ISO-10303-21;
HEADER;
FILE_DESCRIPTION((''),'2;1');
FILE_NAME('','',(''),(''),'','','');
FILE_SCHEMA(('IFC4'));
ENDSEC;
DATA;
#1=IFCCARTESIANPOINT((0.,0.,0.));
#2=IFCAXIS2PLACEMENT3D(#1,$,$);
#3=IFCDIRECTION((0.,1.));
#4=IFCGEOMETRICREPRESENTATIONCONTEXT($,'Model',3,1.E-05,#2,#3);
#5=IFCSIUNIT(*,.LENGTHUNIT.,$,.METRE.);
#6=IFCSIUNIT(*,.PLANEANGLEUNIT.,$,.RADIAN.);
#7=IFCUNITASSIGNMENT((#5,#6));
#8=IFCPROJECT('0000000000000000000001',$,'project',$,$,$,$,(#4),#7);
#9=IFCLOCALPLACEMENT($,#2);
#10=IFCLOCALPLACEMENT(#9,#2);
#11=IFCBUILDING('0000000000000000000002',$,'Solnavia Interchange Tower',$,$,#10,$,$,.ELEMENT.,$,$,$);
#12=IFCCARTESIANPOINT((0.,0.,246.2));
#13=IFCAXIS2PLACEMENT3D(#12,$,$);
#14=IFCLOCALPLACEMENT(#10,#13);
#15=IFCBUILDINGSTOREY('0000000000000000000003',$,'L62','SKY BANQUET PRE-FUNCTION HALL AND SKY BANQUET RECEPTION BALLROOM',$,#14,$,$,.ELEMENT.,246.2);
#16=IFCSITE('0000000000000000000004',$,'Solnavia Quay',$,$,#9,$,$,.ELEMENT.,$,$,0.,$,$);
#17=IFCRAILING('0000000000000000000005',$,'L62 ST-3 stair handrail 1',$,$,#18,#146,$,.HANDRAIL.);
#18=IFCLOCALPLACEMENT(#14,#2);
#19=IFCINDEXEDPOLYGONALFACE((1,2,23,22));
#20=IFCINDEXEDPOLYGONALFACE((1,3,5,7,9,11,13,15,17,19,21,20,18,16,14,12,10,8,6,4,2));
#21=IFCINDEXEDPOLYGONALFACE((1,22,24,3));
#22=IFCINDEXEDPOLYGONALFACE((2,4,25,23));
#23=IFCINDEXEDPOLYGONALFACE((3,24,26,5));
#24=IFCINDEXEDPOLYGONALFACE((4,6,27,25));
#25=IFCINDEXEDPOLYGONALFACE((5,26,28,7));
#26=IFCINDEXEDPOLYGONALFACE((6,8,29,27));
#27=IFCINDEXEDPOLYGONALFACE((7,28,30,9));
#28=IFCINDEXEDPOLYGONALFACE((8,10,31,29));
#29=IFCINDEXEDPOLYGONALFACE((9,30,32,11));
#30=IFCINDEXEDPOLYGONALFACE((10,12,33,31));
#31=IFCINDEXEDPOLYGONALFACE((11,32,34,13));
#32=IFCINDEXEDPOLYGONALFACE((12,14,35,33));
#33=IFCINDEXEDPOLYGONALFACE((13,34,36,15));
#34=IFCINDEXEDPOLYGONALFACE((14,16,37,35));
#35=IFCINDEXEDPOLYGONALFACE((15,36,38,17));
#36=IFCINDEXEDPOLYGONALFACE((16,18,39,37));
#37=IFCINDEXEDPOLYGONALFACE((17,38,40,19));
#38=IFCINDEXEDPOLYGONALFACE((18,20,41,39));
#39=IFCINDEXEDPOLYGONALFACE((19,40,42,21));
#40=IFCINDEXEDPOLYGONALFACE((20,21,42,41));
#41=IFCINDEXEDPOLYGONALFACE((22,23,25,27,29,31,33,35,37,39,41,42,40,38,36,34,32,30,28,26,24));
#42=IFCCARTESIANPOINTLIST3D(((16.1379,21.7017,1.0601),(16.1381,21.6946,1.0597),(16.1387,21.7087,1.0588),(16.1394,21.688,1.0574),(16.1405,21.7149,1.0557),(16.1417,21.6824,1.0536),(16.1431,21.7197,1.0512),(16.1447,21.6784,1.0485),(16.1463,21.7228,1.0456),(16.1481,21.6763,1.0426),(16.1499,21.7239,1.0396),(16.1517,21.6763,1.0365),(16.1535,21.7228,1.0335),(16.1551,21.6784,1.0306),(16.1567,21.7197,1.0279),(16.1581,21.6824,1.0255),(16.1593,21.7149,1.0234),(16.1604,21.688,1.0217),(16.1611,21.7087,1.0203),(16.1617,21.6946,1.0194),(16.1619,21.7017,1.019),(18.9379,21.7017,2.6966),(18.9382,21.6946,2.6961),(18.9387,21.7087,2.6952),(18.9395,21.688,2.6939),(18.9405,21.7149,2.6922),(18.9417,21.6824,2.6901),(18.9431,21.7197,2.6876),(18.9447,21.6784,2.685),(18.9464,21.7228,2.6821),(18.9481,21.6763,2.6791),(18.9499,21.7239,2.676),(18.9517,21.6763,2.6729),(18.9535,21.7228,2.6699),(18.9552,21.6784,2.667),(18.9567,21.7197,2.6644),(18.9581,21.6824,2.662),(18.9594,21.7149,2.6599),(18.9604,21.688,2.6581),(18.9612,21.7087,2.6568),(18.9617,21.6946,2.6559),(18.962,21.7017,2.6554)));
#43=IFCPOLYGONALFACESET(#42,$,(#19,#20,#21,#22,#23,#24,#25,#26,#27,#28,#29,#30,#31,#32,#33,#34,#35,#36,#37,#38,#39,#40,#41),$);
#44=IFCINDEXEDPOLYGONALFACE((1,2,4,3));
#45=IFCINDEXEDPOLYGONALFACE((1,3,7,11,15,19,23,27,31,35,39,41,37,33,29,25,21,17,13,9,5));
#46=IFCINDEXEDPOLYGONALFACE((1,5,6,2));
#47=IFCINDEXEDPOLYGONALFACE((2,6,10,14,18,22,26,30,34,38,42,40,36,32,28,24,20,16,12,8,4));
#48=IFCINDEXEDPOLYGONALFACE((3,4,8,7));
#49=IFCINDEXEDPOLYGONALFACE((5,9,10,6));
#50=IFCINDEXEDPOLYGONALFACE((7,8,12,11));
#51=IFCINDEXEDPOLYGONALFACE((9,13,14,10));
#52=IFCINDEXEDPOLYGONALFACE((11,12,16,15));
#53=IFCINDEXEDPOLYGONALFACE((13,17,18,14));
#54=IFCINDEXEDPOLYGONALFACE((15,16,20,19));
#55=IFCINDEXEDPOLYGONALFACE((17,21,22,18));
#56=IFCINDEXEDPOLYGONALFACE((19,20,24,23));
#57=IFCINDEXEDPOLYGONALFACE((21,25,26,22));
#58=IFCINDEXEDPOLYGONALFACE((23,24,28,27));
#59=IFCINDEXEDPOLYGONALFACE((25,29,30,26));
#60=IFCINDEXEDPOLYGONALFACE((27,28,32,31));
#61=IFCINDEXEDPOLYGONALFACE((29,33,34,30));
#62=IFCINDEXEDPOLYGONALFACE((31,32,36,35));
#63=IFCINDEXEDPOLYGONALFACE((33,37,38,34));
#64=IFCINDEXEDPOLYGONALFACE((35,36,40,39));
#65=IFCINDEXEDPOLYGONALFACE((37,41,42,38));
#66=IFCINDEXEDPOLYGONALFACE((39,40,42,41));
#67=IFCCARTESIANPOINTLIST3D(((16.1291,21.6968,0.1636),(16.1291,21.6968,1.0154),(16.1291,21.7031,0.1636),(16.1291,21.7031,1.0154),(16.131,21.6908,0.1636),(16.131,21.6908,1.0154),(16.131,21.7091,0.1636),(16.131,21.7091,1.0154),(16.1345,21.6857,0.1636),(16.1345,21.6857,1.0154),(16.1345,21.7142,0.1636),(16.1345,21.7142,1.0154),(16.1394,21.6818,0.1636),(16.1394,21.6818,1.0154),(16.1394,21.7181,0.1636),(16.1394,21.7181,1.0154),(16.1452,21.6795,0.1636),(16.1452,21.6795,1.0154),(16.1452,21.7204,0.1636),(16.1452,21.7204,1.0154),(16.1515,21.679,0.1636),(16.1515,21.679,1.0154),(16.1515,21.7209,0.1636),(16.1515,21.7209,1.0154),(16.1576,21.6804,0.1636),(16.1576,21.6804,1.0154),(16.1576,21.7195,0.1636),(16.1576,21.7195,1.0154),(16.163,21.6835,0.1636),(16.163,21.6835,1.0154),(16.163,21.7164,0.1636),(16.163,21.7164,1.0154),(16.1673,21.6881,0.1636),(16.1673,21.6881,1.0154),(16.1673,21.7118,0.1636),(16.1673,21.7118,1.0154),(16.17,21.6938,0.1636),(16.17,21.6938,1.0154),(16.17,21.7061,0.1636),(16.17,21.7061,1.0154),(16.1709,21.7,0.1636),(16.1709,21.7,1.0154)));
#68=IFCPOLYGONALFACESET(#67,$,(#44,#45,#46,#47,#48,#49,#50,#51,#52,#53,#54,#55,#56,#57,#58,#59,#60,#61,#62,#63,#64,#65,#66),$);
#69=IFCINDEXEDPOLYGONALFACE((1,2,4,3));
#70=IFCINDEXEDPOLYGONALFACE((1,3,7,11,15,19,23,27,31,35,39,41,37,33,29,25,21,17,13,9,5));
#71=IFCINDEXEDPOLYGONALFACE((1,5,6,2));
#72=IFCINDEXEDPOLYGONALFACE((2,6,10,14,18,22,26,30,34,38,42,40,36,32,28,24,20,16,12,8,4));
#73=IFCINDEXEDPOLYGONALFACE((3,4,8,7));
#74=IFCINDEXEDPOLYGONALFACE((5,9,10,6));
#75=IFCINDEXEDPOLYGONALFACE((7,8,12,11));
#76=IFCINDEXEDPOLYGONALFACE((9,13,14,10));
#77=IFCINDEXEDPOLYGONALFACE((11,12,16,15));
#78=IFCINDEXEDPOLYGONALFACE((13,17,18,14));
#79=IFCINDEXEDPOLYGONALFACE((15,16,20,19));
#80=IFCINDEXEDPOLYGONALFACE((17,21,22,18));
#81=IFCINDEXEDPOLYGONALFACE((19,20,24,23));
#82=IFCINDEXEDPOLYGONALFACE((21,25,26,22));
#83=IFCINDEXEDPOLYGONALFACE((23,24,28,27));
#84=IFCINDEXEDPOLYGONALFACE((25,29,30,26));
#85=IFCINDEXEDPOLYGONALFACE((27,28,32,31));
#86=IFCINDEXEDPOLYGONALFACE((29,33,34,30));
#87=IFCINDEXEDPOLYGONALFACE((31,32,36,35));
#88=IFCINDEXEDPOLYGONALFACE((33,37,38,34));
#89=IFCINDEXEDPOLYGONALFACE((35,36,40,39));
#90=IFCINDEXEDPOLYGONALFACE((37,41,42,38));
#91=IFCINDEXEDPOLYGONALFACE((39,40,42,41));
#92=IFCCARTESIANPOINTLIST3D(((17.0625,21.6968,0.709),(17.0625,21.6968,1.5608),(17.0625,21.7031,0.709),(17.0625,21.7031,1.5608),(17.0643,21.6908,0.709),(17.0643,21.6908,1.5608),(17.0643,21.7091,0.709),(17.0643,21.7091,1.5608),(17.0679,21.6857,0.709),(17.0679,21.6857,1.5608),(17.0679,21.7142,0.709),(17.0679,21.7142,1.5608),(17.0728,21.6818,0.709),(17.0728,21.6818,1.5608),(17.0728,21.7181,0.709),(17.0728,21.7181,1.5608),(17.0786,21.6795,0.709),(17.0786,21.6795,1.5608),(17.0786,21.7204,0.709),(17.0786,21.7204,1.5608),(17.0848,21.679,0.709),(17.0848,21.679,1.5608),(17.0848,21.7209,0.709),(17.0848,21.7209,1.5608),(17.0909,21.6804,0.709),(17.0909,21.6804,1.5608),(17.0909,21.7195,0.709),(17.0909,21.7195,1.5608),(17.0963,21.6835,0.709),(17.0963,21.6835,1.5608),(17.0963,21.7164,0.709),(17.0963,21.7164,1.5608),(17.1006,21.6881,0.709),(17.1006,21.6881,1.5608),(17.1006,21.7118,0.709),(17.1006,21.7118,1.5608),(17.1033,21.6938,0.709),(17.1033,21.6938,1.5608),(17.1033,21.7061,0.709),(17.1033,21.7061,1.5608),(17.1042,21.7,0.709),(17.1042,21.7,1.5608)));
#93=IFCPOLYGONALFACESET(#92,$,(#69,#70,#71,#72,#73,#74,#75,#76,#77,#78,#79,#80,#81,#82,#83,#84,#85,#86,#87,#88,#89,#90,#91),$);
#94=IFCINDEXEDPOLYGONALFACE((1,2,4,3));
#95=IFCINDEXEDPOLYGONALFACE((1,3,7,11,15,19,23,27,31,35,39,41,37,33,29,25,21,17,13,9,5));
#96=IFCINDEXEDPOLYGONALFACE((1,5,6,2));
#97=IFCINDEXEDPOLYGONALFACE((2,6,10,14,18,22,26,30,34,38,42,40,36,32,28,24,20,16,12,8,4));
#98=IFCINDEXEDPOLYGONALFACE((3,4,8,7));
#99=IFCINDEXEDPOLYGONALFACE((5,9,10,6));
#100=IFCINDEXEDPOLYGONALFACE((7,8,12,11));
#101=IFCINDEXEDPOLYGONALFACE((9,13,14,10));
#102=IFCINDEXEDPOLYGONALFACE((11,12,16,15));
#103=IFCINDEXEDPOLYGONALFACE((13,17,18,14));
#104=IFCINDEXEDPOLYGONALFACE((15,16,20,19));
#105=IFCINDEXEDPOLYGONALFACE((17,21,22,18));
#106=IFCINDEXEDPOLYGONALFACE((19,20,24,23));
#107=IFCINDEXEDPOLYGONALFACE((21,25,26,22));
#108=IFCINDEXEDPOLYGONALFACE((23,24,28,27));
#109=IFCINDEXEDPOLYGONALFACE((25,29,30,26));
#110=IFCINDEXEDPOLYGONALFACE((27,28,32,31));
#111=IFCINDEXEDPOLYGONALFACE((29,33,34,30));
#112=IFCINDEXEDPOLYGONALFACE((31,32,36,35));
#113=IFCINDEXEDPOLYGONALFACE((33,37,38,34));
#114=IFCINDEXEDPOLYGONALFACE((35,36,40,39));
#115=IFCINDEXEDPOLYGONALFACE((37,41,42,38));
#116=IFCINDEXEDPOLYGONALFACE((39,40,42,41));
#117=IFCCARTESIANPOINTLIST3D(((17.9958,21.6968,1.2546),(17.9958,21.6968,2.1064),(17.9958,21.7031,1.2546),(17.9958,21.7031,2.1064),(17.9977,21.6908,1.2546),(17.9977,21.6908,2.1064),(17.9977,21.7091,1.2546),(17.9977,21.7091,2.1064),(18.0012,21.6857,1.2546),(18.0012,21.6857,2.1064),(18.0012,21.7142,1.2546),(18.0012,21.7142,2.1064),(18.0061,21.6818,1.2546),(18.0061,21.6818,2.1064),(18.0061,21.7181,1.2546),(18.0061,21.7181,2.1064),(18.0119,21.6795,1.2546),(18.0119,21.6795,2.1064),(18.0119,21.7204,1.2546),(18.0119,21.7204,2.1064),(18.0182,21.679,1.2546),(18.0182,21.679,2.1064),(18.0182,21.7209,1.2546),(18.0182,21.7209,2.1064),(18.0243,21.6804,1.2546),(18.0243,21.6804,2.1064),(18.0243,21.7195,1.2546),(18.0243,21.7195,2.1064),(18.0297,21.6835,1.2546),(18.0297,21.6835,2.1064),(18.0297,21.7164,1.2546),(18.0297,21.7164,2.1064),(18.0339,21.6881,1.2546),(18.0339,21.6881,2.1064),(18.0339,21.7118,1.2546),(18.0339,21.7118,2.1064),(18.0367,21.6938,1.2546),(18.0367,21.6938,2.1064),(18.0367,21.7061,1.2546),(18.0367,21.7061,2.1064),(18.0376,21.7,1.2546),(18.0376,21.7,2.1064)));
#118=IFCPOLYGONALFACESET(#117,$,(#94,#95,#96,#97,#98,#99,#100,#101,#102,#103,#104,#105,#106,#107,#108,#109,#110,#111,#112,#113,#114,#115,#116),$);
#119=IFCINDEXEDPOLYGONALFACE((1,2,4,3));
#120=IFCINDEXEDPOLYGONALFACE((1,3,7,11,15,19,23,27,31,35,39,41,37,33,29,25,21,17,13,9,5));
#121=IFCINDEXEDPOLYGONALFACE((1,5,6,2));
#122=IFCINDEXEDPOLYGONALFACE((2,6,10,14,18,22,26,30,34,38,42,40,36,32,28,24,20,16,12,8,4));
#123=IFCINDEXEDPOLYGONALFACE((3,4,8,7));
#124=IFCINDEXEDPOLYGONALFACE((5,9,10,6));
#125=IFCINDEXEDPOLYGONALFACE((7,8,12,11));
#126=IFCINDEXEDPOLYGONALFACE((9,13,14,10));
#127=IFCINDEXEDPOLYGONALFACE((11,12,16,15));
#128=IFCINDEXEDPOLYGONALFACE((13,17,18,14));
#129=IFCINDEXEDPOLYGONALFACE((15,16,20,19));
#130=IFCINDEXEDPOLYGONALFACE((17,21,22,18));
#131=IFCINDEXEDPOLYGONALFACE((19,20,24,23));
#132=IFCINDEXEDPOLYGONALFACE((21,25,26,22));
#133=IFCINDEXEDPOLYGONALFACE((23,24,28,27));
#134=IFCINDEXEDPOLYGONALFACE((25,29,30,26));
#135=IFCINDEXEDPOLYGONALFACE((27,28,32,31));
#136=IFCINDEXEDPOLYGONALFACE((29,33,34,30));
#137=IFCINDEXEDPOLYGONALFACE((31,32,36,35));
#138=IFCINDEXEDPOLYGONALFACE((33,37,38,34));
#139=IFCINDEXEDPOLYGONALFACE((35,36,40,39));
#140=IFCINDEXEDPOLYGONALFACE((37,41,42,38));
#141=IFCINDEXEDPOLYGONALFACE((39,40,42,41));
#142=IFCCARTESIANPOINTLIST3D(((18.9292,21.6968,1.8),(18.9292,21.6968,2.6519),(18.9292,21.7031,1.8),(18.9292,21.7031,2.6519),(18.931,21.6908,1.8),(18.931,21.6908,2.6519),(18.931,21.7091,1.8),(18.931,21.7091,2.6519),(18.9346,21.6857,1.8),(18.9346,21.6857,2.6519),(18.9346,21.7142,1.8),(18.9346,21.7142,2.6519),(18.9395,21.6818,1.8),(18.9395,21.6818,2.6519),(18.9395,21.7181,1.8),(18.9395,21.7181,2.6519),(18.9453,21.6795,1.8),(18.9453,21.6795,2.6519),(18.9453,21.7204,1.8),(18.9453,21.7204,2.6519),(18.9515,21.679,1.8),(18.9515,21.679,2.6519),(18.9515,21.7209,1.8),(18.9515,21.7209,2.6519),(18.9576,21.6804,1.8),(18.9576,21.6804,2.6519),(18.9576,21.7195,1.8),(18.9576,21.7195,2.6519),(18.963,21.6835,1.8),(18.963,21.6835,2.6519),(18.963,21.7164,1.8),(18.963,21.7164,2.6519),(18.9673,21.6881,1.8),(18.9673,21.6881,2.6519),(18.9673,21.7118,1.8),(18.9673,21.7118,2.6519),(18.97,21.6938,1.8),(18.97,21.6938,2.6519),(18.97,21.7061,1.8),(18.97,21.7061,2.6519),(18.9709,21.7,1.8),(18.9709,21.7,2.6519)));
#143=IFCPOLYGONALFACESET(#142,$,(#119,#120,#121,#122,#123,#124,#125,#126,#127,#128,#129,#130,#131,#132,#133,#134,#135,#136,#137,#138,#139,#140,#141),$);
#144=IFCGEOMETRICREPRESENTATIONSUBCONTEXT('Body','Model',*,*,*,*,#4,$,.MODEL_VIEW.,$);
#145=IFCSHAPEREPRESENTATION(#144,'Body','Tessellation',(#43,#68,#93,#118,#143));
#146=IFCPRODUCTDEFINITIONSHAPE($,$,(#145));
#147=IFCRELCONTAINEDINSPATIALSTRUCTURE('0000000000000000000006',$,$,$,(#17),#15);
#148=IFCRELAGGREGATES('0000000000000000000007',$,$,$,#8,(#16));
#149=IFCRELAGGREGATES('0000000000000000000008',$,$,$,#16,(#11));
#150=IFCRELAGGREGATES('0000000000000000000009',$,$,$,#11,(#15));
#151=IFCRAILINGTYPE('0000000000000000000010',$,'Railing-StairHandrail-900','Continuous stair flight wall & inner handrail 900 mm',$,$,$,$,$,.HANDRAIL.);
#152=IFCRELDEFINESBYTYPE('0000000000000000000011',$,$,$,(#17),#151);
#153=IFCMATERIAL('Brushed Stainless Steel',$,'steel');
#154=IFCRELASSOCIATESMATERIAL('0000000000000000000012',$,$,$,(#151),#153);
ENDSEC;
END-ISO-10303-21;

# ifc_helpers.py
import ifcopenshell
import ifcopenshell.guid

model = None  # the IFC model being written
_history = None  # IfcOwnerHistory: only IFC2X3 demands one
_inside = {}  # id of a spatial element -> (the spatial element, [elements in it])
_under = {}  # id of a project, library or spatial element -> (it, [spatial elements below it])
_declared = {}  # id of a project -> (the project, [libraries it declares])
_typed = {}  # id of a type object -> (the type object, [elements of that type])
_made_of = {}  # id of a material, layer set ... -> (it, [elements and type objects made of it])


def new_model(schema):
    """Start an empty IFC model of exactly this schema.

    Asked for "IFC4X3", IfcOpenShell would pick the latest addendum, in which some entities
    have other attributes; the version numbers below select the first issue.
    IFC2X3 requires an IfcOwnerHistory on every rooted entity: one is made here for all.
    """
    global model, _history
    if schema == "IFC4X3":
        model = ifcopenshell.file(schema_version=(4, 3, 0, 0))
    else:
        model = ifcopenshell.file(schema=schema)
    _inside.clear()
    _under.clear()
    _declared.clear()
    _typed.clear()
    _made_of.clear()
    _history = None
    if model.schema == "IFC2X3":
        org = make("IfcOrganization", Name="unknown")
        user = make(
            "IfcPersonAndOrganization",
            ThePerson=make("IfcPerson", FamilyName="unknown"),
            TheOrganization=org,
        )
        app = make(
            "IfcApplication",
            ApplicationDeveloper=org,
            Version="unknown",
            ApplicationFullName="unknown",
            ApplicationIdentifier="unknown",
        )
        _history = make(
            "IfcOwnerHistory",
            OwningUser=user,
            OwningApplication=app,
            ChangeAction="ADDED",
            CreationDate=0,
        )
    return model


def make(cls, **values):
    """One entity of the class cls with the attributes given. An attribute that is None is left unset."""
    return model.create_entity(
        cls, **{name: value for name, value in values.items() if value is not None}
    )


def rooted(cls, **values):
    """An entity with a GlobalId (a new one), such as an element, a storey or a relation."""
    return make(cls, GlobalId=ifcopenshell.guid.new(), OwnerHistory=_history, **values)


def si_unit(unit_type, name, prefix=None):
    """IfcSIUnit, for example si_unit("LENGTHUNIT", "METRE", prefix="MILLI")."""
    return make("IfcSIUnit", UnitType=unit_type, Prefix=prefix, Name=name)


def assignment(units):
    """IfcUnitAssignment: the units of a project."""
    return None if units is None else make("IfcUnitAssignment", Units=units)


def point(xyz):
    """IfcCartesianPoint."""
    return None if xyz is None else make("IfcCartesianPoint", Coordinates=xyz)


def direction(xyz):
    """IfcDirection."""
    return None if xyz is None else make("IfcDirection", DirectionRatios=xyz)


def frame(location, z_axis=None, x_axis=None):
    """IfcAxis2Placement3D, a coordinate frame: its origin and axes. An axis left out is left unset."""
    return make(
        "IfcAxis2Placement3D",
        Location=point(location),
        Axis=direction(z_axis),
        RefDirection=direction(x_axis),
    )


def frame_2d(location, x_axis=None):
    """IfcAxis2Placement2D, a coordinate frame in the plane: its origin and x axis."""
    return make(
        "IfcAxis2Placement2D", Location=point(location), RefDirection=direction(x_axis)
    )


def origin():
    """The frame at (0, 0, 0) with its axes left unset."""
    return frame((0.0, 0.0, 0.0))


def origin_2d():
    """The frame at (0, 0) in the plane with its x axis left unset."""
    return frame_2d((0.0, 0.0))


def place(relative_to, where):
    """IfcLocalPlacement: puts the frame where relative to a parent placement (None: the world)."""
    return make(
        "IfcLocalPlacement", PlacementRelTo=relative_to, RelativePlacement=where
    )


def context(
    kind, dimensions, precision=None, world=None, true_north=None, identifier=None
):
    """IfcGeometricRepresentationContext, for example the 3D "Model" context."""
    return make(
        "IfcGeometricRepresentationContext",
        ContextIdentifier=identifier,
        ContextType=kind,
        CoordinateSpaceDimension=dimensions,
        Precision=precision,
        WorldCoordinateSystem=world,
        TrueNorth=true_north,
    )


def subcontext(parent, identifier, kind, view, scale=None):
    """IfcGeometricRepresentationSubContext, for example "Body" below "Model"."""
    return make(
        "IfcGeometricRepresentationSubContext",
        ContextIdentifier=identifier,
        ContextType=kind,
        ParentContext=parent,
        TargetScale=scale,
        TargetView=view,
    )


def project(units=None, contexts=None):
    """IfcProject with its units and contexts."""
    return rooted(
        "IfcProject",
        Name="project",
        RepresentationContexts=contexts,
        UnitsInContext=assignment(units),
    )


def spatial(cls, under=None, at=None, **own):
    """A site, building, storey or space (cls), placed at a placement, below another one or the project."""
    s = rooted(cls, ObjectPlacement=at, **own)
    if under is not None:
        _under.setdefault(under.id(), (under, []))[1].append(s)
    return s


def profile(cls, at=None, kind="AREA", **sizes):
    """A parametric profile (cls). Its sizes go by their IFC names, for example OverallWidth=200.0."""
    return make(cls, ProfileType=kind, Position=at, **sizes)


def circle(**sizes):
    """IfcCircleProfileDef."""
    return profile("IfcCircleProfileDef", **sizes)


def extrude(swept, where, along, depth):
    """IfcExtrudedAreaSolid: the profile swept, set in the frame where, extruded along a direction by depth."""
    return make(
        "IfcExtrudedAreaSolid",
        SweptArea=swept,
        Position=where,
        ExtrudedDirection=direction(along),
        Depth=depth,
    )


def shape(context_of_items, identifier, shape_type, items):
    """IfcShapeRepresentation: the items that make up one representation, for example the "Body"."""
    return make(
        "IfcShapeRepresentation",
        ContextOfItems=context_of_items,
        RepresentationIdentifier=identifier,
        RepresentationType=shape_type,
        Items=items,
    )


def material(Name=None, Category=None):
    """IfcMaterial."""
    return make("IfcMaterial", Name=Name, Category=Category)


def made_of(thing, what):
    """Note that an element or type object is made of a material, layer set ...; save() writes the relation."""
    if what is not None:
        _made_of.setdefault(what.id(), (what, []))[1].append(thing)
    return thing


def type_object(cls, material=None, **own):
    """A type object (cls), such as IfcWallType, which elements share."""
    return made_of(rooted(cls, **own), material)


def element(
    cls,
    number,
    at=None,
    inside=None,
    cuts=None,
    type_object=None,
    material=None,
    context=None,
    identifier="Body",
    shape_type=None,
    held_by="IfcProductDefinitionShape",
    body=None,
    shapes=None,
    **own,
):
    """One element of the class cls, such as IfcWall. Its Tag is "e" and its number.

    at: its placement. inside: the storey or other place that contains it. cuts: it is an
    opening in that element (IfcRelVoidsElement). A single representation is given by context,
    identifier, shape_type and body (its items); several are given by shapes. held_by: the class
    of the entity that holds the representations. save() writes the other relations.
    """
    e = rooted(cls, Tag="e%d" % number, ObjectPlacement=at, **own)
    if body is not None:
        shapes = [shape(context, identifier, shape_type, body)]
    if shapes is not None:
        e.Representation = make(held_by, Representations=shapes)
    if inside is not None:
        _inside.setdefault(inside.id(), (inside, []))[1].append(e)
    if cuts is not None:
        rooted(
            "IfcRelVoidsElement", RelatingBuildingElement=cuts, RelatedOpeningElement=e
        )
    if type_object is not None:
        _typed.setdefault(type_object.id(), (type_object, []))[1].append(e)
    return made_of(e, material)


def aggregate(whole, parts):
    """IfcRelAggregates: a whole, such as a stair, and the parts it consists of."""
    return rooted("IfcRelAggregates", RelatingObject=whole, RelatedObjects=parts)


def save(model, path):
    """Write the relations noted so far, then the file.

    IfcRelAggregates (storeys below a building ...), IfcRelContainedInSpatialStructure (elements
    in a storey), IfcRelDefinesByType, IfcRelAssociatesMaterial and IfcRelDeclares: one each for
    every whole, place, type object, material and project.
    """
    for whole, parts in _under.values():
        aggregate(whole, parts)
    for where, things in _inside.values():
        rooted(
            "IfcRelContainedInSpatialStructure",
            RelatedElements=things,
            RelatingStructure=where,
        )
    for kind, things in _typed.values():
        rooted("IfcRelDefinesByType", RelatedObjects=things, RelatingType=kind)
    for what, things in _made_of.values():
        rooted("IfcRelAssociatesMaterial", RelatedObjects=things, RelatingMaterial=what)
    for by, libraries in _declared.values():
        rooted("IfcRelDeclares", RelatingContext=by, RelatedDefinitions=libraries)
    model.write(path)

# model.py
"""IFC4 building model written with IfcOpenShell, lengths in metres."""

from ifc_helpers import new_model, si_unit, direction, frame, origin, origin_2d, place, context, subcontext, project, spatial, circle, extrude, material, type_object, element, save


model = new_model("IFC4")

# Units and contexts
model_context = context("Model", 3, precision=1e-05, world=origin(), true_north=direction((0.0, 1.0)))
body_context = subcontext(model_context, "Body", "Model", "MODEL_VIEW")
ifc_project = project(units=[si_unit("LENGTHUNIT", "METRE"), si_unit("PLANEANGLEUNIT", "RADIAN")], contexts=[model_context])

# Site, building, storey
site_placement = place(None, origin())
site = spatial("IfcSite", under=ifc_project, at=site_placement, Name="Solnavia Quay", CompositionType="ELEMENT", RefElevation=0.0)
building_placement = place(site_placement, origin())
building = spatial("IfcBuilding", under=site, at=building_placement, Name="Solnavia Interchange Tower", CompositionType="ELEMENT")
storey_placement = place(building_placement, frame((0.0, 0.0, 246.2)))
storey = spatial("IfcBuildingStorey", under=building, at=storey_placement, Name="L62", Description="SKY BANQUET PRE-FUNCTION HALL AND SKY BANQUET RECEPTION BALLROOM", CompositionType="ELEMENT", Elevation=246.2)

# Railing
ifc_material_1 = material(Name="Brushed Stainless Steel", Category="steel")
railing_type_1 = type_object("IfcRailingType", Name="Railing-StairHandrail-900", Description="Continuous stair flight wall & inner handrail 900 mm", PredefinedType="HANDRAIL", material=ifc_material_1)
railing_1_placement = place(storey_placement, frame((16.1499, 21.7, 0.1636)))
element("IfcRailing", 1, at=railing_1_placement, inside=storey, type_object=railing_type_1, Name="L62 ST-3 stair handrail 1", PredefinedType="HANDRAIL", context=body_context, shape_type="SweptSolid", body=[
    extrude(circle(Radius=0.0239, at=origin_2d()), frame((0.0, 0.0, 0.876), z_axis=(0.863361, 0.0, 0.504587), x_axis=(0.0, 1.0, 0.0)), (0.0, 0.0, 1.0), 3.2432),
    extrude(circle(Radius=0.021, at=origin_2d()), origin(), (0.0, 0.0, 1.0), 0.8518),
    extrude(circle(Radius=0.021, at=origin_2d()), frame((0.9333, 0.0, 0.5454)), (0.0, 0.0, 1.0), 0.8518),
    extrude(circle(Radius=0.021, at=origin_2d()), frame((1.8667, 0.0, 1.0911)), (0.0, 0.0, 1.0), 0.8518),
    extrude(circle(Radius=0.021, at=origin_2d()), frame((2.8, 0.0, 1.6365)), (0.0, 0.0, 1.0), 0.8518),
])

save(model, "model.ifc")
